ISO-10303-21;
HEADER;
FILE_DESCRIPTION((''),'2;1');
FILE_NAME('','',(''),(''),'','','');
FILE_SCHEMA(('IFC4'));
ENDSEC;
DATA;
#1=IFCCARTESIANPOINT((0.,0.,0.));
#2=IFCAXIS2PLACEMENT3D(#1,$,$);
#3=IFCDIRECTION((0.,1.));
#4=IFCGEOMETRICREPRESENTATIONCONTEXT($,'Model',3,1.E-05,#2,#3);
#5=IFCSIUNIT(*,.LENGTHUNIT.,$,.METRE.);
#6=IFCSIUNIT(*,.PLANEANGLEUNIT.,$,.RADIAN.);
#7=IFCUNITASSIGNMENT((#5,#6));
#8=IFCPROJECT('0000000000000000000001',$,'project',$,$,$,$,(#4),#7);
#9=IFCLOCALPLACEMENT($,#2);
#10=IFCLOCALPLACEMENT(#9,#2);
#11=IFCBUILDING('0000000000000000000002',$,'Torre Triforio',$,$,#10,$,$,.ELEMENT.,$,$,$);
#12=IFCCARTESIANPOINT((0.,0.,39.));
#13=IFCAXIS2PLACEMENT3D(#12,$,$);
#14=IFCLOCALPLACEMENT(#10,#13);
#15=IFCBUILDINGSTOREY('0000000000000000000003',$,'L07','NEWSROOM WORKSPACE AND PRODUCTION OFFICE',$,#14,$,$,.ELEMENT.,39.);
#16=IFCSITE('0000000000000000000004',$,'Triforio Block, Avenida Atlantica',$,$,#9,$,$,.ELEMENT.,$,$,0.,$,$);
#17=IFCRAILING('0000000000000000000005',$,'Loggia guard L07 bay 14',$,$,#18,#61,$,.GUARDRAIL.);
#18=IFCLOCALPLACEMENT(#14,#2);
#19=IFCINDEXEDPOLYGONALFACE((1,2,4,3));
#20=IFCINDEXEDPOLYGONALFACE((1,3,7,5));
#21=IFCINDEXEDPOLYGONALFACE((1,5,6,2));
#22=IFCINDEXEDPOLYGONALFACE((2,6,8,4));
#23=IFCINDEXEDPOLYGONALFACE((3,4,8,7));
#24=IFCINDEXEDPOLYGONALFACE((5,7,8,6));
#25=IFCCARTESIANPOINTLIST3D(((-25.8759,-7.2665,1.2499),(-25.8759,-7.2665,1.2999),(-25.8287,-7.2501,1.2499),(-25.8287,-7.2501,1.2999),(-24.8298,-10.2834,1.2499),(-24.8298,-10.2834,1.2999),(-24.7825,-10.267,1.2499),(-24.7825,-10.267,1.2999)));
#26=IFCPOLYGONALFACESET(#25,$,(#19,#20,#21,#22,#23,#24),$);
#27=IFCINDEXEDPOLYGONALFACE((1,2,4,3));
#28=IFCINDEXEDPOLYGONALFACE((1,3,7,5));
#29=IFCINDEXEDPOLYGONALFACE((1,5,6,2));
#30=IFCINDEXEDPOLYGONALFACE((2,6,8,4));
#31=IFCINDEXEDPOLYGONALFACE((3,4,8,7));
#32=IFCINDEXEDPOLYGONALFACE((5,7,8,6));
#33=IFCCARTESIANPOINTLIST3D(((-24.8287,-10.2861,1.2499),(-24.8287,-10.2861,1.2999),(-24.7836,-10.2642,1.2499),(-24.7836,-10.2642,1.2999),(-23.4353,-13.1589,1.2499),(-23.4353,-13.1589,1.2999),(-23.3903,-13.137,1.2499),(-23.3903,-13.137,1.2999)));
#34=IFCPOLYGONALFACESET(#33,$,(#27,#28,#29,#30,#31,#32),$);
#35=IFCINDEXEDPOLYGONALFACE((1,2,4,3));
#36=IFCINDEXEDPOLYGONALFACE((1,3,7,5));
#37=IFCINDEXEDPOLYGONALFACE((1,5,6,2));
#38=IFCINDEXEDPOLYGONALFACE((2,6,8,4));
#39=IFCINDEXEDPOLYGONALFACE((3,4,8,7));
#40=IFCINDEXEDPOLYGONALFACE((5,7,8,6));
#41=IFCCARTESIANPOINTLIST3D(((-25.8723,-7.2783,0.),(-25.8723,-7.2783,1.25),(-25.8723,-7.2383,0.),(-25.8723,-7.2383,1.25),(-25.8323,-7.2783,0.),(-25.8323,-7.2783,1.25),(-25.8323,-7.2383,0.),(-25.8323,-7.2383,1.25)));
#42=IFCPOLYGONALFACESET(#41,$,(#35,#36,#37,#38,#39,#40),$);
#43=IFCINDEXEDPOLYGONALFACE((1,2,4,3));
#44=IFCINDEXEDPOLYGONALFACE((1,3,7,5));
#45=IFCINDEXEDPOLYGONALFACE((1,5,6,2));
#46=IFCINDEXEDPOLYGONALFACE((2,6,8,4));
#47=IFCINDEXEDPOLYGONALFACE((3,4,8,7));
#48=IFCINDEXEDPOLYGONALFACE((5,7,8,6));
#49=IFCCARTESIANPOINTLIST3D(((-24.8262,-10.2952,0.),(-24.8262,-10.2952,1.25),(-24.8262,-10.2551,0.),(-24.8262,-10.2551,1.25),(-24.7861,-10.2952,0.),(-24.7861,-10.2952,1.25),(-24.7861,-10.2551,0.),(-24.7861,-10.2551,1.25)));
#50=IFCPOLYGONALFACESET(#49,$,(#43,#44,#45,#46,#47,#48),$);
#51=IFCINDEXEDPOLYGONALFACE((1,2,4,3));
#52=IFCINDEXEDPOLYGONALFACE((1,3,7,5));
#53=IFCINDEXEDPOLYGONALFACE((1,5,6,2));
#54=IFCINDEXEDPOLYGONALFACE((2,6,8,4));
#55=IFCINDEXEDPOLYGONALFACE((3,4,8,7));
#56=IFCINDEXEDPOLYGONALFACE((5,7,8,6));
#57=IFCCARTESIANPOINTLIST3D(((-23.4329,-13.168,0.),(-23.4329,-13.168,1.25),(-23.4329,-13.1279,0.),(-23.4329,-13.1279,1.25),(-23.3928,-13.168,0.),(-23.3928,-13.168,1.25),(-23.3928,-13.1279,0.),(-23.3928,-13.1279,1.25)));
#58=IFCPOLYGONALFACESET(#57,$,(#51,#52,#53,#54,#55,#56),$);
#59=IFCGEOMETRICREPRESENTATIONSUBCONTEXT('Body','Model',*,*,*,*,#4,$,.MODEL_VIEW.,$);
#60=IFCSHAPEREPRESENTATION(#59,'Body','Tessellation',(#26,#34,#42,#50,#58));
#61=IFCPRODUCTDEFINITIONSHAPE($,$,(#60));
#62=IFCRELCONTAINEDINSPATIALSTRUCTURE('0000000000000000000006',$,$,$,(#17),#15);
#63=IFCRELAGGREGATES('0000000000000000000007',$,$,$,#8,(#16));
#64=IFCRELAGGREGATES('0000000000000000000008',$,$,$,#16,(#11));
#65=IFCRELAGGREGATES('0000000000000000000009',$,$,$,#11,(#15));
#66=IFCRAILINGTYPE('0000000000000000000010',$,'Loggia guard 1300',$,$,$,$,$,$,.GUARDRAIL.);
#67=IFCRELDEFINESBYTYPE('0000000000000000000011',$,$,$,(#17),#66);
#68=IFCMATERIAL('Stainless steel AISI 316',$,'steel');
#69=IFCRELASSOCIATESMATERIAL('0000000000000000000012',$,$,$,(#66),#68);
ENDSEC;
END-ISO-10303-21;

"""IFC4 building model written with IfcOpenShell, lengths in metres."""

from ifc_helpers import new_model, si_unit, direction, frame, origin, origin_2d, place, context, subcontext, project, spatial, rectangle, extrude, material, type_object, element, save


model = new_model("IFC4")

# Units and contexts
model_context = context("Model", 3, precision=1e-05, world=origin(), true_north=direction((0.0, 1.0)))
body_context = subcontext(model_context, "Body", "Model", "MODEL_VIEW")
ifc_project = project(units=[si_unit("LENGTHUNIT", "METRE"), si_unit("PLANEANGLEUNIT", "RADIAN")], contexts=[model_context])

# Site, building, storey
site_placement = place(None, origin())
site = spatial("IfcSite", under=ifc_project, at=site_placement, Name="Triforio Block, Avenida Atlantica", CompositionType="ELEMENT", RefElevation=0.0)
building_placement = place(site_placement, origin())
building = spatial("IfcBuilding", under=site, at=building_placement, Name="Torre Triforio", CompositionType="ELEMENT")
storey_placement = place(building_placement, frame((0.0, 0.0, 39.0)))
storey = spatial("IfcBuildingStorey", under=building, at=storey_placement, Name="L07", Description="NEWSROOM WORKSPACE AND PRODUCTION OFFICE", CompositionType="ELEMENT", Elevation=39.0)

# Railing
ifc_material_1 = material(Name="Stainless steel AISI 316", Category="steel")
railing_type = type_object("IfcRailingType", Name="Loggia guard 1300", PredefinedType="GUARDRAIL", material=ifc_material_1)
railing_1_placement = place(storey_placement, frame((-25.8523, -7.2583, 0.0)))
element("IfcRailing", 1, at=railing_1_placement, inside=storey, type_object=railing_type, Name="Loggia guard L07 bay 14", PredefinedType="GUARDRAIL", context=body_context, shape_type="SweptSolid", body=[
    extrude(rectangle(XDim=0.05, YDim=0.05, at=origin_2d()), frame((0.0, 0.0, 1.2749), z_axis=(0.327628, -0.944807, 0.0), x_axis=(0.944807, 0.327628, 0.0)), (0.0, 0.0, 1.0), 3.1931),
    extrude(rectangle(XDim=0.05, YDim=0.05, at=origin_2d()), frame((1.0461, -3.0168, 1.2749), z_axis=(0.436384, -0.89976, 0.0), x_axis=(0.89976, 0.436384, 0.0)), (0.0, 0.0, 1.0), 3.1929),
    extrude(rectangle(XDim=0.04, YDim=0.04, at=origin_2d()), origin(), (0.0, 0.0, 1.0), 1.25),
    extrude(rectangle(XDim=0.04, YDim=0.04, at=origin_2d()), frame((1.0461, -3.0168, 0.0)), (0.0, 0.0, 1.0), 1.25),
    extrude(rectangle(XDim=0.04, YDim=0.04, at=origin_2d()), frame((2.4395, -5.8896, 0.0)), (0.0, 0.0, 1.0), 1.25),
])

save(model, "model.ifc")
